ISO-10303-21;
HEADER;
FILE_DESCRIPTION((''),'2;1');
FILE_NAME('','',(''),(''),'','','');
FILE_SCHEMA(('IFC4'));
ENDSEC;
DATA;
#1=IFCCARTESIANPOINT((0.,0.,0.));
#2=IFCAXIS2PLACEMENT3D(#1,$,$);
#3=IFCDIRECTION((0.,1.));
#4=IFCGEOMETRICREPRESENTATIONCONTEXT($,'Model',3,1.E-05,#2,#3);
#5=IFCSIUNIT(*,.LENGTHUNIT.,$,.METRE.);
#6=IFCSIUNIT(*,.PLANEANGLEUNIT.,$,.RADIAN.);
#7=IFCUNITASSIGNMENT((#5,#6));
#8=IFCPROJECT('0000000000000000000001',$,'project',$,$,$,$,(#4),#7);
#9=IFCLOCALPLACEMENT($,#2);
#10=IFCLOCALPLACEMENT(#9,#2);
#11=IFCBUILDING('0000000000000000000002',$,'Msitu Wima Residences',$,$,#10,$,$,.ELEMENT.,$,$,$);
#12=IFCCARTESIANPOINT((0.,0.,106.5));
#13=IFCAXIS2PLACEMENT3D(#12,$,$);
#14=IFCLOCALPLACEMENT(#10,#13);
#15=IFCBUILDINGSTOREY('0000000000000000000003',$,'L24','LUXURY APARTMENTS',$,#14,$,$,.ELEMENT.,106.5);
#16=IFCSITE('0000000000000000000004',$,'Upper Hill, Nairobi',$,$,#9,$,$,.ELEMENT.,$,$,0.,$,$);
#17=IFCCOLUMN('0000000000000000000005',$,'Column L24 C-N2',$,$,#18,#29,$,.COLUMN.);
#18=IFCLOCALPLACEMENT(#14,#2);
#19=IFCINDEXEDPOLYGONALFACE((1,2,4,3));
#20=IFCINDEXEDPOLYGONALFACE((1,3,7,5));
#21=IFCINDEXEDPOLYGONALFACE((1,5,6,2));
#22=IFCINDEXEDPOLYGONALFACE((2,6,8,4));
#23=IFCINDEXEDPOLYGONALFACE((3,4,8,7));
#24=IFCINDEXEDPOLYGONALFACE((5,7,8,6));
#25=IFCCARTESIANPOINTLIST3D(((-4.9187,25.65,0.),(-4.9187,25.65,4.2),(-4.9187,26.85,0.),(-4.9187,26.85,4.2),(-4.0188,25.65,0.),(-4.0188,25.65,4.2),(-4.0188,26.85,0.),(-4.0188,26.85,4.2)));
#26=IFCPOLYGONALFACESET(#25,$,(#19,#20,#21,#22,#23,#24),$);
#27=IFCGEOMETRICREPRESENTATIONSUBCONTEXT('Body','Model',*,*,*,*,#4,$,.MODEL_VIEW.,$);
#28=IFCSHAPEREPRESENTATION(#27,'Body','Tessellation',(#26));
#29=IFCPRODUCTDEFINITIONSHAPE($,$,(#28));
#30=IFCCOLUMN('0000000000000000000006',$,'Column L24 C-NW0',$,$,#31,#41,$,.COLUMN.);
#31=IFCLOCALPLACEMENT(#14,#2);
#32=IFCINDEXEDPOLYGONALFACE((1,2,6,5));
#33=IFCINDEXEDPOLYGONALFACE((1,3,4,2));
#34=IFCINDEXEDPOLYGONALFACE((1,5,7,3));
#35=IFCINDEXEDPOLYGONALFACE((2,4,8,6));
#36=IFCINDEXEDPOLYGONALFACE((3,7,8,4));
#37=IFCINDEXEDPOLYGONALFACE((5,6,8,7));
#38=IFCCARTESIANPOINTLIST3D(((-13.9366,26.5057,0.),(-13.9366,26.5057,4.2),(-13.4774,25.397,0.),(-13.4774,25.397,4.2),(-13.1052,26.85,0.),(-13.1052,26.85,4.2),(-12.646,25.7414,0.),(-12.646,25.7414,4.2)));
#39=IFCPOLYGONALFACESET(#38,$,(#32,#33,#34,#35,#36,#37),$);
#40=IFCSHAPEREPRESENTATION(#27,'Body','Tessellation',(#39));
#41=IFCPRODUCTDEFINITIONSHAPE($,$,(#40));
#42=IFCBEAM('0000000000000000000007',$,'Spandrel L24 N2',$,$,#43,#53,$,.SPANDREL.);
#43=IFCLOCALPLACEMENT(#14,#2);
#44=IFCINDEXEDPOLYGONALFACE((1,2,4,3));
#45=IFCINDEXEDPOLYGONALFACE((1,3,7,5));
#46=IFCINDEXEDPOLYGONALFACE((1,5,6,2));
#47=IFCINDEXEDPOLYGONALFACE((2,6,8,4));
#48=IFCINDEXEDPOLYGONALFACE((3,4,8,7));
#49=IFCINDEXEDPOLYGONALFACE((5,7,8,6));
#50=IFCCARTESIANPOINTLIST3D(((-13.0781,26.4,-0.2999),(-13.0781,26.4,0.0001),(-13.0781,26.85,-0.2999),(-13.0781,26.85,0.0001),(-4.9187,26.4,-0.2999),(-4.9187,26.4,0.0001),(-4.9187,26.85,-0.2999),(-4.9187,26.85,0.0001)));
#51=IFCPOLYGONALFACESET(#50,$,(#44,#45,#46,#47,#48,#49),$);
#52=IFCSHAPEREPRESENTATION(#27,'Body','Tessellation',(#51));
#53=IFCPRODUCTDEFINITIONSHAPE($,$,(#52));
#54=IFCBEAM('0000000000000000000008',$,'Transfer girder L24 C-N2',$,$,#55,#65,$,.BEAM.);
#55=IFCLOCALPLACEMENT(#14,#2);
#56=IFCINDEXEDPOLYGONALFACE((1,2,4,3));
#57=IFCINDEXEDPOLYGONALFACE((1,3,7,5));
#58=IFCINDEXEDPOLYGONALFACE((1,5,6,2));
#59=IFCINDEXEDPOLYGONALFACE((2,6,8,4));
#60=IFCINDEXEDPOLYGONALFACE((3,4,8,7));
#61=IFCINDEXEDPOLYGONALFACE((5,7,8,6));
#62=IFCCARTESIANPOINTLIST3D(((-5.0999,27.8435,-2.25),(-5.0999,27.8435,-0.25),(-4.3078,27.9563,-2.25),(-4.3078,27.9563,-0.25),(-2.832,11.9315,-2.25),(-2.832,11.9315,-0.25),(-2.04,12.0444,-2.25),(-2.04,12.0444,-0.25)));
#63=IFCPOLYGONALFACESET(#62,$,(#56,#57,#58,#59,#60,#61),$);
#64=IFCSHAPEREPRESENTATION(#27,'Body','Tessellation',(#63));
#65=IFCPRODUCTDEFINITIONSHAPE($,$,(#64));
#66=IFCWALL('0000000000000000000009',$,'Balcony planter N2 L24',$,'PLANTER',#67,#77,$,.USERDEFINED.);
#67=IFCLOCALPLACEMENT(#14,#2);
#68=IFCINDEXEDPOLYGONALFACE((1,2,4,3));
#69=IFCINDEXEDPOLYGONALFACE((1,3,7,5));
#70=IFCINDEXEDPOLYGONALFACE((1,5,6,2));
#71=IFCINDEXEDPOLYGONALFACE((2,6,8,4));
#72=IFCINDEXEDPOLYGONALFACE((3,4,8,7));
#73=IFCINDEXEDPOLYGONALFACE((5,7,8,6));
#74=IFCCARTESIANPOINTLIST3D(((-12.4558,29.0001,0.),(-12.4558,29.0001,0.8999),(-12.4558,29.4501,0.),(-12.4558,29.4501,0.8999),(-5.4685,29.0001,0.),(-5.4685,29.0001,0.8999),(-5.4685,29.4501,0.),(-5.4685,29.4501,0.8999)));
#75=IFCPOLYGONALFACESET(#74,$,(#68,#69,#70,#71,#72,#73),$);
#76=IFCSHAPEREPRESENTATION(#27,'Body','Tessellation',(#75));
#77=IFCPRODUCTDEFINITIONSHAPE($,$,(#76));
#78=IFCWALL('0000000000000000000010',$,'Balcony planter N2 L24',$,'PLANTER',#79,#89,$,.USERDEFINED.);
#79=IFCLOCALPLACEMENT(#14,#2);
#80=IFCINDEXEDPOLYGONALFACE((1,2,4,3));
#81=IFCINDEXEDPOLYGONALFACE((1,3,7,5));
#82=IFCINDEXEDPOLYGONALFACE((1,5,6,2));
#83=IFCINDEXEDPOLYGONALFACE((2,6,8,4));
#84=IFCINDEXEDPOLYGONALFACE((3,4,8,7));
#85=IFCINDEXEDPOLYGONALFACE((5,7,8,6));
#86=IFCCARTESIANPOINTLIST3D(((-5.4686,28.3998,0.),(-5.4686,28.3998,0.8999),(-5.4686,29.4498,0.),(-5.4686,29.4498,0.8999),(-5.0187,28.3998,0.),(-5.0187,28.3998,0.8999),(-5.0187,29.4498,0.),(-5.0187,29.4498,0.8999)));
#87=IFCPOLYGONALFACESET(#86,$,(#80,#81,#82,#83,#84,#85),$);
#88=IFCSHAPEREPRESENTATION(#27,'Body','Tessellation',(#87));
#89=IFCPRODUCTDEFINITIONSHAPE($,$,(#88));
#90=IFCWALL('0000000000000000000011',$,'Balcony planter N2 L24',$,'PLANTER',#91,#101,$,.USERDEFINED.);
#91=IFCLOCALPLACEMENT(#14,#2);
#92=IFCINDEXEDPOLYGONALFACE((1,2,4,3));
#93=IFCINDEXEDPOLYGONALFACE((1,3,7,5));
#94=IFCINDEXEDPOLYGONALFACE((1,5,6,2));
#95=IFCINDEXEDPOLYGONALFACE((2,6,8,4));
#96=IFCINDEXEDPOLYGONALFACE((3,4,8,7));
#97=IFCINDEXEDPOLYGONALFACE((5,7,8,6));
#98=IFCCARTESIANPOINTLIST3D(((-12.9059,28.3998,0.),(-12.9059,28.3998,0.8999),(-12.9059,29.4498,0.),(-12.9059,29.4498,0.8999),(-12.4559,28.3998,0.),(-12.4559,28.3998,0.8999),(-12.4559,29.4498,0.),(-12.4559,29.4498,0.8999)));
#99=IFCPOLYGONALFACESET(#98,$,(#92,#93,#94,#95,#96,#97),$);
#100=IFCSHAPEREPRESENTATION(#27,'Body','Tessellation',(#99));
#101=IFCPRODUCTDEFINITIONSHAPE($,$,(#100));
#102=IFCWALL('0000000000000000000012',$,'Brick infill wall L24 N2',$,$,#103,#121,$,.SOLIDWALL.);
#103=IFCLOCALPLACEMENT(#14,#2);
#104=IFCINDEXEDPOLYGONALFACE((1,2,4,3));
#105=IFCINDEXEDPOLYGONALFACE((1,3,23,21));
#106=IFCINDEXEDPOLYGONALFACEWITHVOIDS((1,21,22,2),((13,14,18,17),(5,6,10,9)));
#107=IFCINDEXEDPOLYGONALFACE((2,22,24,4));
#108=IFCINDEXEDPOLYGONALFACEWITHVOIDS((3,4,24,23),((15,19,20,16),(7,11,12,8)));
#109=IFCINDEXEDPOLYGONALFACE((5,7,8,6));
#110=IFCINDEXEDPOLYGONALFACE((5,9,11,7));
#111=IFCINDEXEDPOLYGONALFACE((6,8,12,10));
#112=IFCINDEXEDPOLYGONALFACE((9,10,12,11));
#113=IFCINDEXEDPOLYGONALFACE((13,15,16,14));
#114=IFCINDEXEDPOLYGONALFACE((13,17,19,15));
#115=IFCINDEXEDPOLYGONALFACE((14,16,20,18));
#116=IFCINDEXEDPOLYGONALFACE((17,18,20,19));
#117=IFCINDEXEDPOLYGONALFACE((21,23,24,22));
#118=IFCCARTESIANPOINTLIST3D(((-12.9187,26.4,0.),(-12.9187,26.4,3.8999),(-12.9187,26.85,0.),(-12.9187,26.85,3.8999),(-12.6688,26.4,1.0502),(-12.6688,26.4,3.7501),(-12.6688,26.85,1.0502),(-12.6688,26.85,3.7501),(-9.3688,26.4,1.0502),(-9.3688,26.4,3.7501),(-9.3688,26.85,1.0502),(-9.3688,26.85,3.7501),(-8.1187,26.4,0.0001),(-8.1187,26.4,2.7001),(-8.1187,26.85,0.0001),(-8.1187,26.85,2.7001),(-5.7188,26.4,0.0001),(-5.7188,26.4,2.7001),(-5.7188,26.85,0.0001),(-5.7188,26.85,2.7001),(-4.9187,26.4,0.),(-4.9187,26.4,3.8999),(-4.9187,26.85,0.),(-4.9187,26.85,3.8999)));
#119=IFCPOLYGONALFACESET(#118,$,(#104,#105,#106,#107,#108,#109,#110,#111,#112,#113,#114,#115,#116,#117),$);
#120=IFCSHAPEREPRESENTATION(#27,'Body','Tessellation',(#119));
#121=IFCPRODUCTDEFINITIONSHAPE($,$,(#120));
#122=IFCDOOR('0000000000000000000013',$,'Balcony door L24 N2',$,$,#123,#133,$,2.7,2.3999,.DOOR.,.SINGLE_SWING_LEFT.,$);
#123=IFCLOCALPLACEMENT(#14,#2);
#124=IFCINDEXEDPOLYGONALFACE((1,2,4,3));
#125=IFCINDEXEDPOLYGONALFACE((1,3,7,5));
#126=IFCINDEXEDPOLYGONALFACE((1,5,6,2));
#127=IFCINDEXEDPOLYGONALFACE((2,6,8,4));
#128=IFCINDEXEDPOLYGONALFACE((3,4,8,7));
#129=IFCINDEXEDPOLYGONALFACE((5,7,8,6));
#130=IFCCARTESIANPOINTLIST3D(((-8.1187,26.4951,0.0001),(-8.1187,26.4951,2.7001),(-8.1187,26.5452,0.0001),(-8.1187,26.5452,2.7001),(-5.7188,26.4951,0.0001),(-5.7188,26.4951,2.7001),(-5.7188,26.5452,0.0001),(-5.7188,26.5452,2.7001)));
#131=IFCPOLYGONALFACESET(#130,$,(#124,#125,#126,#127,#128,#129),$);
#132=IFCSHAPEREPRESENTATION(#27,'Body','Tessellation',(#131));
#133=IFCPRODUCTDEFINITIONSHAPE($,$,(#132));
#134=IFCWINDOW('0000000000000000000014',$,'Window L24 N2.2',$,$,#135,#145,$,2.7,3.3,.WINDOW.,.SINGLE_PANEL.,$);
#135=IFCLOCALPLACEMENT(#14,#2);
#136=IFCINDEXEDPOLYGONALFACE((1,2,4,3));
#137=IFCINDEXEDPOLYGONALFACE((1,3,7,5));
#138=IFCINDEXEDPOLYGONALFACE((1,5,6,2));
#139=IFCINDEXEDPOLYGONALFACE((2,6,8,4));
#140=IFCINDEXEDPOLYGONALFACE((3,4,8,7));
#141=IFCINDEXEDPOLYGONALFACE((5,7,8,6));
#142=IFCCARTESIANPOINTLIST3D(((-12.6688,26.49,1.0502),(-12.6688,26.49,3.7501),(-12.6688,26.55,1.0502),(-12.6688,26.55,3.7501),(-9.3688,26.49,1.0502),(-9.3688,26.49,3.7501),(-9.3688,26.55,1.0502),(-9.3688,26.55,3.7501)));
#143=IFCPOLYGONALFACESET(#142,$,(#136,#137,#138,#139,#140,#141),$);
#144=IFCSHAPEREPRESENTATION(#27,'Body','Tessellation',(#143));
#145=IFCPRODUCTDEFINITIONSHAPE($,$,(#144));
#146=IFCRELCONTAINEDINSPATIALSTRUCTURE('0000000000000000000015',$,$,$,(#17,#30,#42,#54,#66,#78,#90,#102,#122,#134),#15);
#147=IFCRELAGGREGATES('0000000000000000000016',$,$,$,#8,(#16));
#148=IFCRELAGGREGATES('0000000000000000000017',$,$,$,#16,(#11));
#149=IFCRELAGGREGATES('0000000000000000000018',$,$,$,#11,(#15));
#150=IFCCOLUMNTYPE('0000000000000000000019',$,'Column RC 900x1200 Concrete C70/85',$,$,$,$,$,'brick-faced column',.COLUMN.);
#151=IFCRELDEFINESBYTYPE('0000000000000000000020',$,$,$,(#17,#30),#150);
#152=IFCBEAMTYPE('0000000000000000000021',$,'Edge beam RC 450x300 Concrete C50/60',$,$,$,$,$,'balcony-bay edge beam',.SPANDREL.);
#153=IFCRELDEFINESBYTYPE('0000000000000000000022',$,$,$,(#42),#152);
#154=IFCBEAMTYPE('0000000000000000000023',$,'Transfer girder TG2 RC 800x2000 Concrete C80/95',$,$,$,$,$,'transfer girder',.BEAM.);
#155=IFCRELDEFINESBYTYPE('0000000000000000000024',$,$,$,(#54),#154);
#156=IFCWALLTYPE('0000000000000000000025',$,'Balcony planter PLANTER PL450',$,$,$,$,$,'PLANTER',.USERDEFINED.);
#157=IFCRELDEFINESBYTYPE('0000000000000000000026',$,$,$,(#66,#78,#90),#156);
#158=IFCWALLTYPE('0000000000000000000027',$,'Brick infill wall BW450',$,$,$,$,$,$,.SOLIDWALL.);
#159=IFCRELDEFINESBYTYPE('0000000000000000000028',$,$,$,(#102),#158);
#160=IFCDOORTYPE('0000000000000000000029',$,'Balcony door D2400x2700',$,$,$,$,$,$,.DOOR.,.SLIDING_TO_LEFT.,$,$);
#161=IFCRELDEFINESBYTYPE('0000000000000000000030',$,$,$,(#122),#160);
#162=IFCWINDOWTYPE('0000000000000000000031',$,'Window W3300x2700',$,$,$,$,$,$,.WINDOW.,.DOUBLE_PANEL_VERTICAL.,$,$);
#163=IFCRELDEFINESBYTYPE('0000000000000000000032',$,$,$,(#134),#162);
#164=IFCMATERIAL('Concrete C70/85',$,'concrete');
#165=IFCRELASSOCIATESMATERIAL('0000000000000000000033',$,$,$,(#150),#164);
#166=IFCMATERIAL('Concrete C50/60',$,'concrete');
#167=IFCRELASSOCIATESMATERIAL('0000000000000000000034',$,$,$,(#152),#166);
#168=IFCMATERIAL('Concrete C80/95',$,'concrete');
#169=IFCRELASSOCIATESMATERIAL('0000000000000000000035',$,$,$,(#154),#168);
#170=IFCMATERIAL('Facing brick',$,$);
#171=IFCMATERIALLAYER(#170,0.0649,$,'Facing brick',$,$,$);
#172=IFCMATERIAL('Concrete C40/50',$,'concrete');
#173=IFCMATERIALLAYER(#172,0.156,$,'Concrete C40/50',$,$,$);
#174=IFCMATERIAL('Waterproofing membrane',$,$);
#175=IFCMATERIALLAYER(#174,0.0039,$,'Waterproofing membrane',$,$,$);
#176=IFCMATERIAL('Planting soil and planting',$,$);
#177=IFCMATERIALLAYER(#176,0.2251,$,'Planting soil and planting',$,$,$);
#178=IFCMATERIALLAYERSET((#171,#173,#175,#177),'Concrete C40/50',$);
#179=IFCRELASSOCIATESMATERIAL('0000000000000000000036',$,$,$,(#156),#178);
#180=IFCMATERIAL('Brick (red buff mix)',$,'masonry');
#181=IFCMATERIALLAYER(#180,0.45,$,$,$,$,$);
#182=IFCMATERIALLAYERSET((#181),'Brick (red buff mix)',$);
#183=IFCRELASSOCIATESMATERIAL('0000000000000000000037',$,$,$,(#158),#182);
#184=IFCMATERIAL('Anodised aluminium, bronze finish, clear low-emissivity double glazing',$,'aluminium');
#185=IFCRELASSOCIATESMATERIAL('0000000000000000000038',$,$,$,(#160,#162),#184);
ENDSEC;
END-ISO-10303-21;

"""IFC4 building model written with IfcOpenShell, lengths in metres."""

from ifc_helpers import new_model, si_unit, direction, frame, frame_2d, origin, origin_2d, place, context, subcontext, project, spatial, rectangle, extrude, material, layer, layer_set, material_profile, profile_set, type_object, element, fill, save


model = new_model("IFC4")

# Units and contexts
model_context = context("Model", 3, precision=1e-05, world=origin(), true_north=direction((0.0, 1.0)))
body_context = subcontext(model_context, "Body", "Model", "MODEL_VIEW")
ifc_project = project(units=[si_unit("LENGTHUNIT", "METRE"), si_unit("PLANEANGLEUNIT", "RADIAN")], contexts=[model_context])

# Site, building, storey
site_placement = place(None, origin())
site = spatial("IfcSite", under=ifc_project, at=site_placement, Name="Upper Hill, Nairobi", CompositionType="ELEMENT", RefElevation=0.0)
building_placement = place(site_placement, origin())
building = spatial("IfcBuilding", under=site, at=building_placement, Name="Msitu Wima Residences", CompositionType="ELEMENT")
storey_placement = place(building_placement, frame((0.0, 0.0, 106.5)))
storey = spatial("IfcBuildingStorey", under=building, at=storey_placement, Name="L24", Description="LUXURY APARTMENTS", CompositionType="ELEMENT", Elevation=106.5)

# Columns
ifc_material_1 = material(Name="Concrete C70/85", Category="concrete")
ifc_material_profile_1 = material_profile(ifc_material_1, rectangle(XDim=0.8999, YDim=1.2, at=origin_2d()), Name="RC 900x1200")
ifc_profile_set_1 = profile_set([ifc_material_profile_1], Name="Concrete C70/85")
column_type = type_object("IfcColumnType", Name="Column RC 900x1200 Concrete C70/85", ElementType="brick-faced column", PredefinedType="COLUMN", material=ifc_profile_set_1)
for number, where, z_axis, x_axis, name in (
    (1, (-4.4688, 26.25, 0.0), (0.0, 0.0, 1.0), (-1.0, 0.0, 0.0), "Column L24 C-N2"),
    (2, (-13.2913, 26.1235, 0.0), (0.0, 0.0, 1.0), (-0.92388, -0.382683, 0.0), "Column L24 C-NW0"),
):
    element("IfcColumn", number, at=place(storey_placement, frame(where, z_axis=z_axis, x_axis=x_axis)), inside=storey, type_object=column_type, Name=name, PredefinedType="COLUMN", context=body_context, shape_type="SweptSolid", body=[
        extrude(rectangle(XDim=0.8999, YDim=1.2, at=origin_2d()), origin(), (0.0, 0.0, 1.0), 4.2),
    ])

# Beams
ifc_material_2 = material(Name="Concrete C50/60", Category="concrete")
ifc_material_profile_2 = material_profile(ifc_material_2, rectangle(XDim=0.45, YDim=0.3, at=origin_2d()), Name="RC 450x300")
ifc_profile_set_2 = profile_set([ifc_material_profile_2], Name="Concrete C50/60")
beam_type_1 = type_object("IfcBeamType", Name="Edge beam RC 450x300 Concrete C50/60", ElementType="balcony-bay edge beam", PredefinedType="SPANDREL", material=ifc_profile_set_2)
beam_1_placement = place(storey_placement, frame((-4.9187, 26.625, -0.1499), z_axis=(-1.0, 0.0, 0.0), x_axis=(0.0, -1.0, 0.0)))
element("IfcBeam", 3, at=beam_1_placement, inside=storey, type_object=beam_type_1, Name="Spandrel L24 N2", PredefinedType="SPANDREL", context=body_context, shape_type="SweptSolid", body=[
    extrude(rectangle(XDim=0.45, YDim=0.3, at=origin_2d()), origin(), (0.0, 0.0, 1.0), 8.1594),
])
ifc_material_3 = material(Name="Concrete C80/95", Category="concrete")
ifc_material_profile_3 = material_profile(ifc_material_3, rectangle(XDim=0.8, YDim=2.0, at=origin_2d()), Name="RC 800x2000")
ifc_profile_set_3 = profile_set([ifc_material_profile_3], Name="Concrete C80/95")
beam_type_2 = type_object("IfcBeamType", Name="Transfer girder TG2 RC 800x2000 Concrete C80/95", ElementType="transfer girder", PredefinedType="BEAM", material=ifc_profile_set_3)
beam_2_placement = place(storey_placement, frame((-4.7039, 27.8999, -1.25), z_axis=(0.141098, -0.989996, 0.0), x_axis=(0.989996, 0.141098, 0.0)))
element("IfcBeam", 4, at=beam_2_placement, inside=storey, type_object=beam_type_2, Name="Transfer girder L24 C-N2", PredefinedType="BEAM", context=body_context, shape_type="SweptSolid", body=[
    extrude(rectangle(XDim=0.8, YDim=2.0, at=origin_2d()), origin(), (0.0, 0.0, 1.0), 16.0728),
])

# Walls
ifc_material_4 = material(Name="Facing brick")
ifc_layer_1 = layer(ifc_material_4, 0.0649, Name="Facing brick")
ifc_material_5 = material(Name="Concrete C40/50", Category="concrete")
ifc_layer_2 = layer(ifc_material_5, 0.156, Name="Concrete C40/50")
ifc_material_6 = material(Name="Waterproofing membrane")
ifc_layer_3 = layer(ifc_material_6, 0.0039, Name="Waterproofing membrane")
ifc_material_7 = material(Name="Planting soil and planting")
ifc_layer_4 = layer(ifc_material_7, 0.2251, Name="Planting soil and planting")
ifc_layer_set_1 = layer_set([ifc_layer_1, ifc_layer_2, ifc_layer_3, ifc_layer_4], Name="Concrete C40/50")
wall_type_1 = type_object("IfcWallType", Name="Balcony planter PLANTER PL450", ElementType="PLANTER", PredefinedType="USERDEFINED", material=ifc_layer_set_1)
wall_1_placement = place(storey_placement, frame((-5.4685, 29.2251, 0.0), z_axis=(0.0, 0.0, 1.0), x_axis=(-1.0, 0.0, 0.0)))
element("IfcWall", 5, at=wall_1_placement, inside=storey, type_object=wall_type_1, Name="Balcony planter N2 L24", ObjectType="PLANTER", PredefinedType="USERDEFINED", context=body_context, shape_type="SweptSolid", body=[
    extrude(rectangle(XDim=6.9873, YDim=0.45, at=frame_2d((3.4937, 0.0))), origin(), (0.0, 0.0, 1.0), 0.8999),
])
for number, where, z_axis, x_axis, name in (
    (6, (-5.2437, 28.3999, 0.0), (0.0, 0.0, 1.0), (0.0, 1.0, 0.0), "Balcony planter N2 L24"),
    (7, (-12.6809, 28.3999, 0.0), (0.0, 0.0, 1.0), (0.0, 1.0, 0.0), "Balcony planter N2 L24"),
):
    element("IfcWall", number, at=place(storey_placement, frame(where, z_axis=z_axis, x_axis=x_axis)), inside=storey, type_object=wall_type_1, Name=name, ObjectType="PLANTER", PredefinedType="USERDEFINED", context=body_context, shape_type="SweptSolid", body=[
        extrude(rectangle(XDim=1.05, YDim=0.45, at=frame_2d((0.5249, 0.0))), origin(), (0.0, 0.0, 1.0), 0.8999),
    ])

# Wall, openings, door, window
ifc_material_8 = material(Name="Brick (red buff mix)", Category="masonry")
ifc_layer_5 = layer(ifc_material_8, 0.45)
ifc_layer_set_2 = layer_set([ifc_layer_5], Name="Brick (red buff mix)")
wall_type_2 = type_object("IfcWallType", Name="Brick infill wall BW450", PredefinedType="SOLIDWALL", material=ifc_layer_set_2)
wall_2_placement = place(storey_placement, frame((-4.9187, 26.625, 0.0), z_axis=(0.0, 0.0, 1.0), x_axis=(-1.0, 0.0, 0.0)))
wall_2 = element("IfcWall", 8, at=wall_2_placement, inside=storey, type_object=wall_type_2, Name="Brick infill wall L24 N2", PredefinedType="SOLIDWALL", context=body_context, shape_type="SweptSolid", body=[
    extrude(rectangle(XDim=8.0, YDim=0.45, at=frame_2d((4.0, 0.0))), origin(), (0.0, 0.0, 1.0), 3.8999),
])
opening_1_placement = place(wall_2_placement, frame((0.8, 0.0, 0.0)))
opening_1 = element("IfcOpeningElement", 9, at=opening_1_placement, cuts=wall_2, PredefinedType="OPENING", context=body_context, shape_type="SweptSolid", body=[
    extrude(rectangle(XDim=2.3999, YDim=2.7, at=frame_2d((1.2, 1.3501))), frame((0.0, 0.2349, 0.0), z_axis=(0.0, -1.0, 0.0), x_axis=(1.0, 0.0, 0.0)), (0.0, 0.0, 1.0), 0.47),
])
opening_2_placement = place(wall_2_placement, frame((4.4502, 0.0, 1.05)))
opening_2 = element("IfcOpeningElement", 10, at=opening_2_placement, cuts=wall_2, PredefinedType="OPENING", context=body_context, shape_type="SweptSolid", body=[
    extrude(rectangle(XDim=3.3, YDim=2.7, at=frame_2d((1.6499, 1.3501))), frame((0.0, 0.2349, 0.0), z_axis=(0.0, -1.0, 0.0), x_axis=(1.0, 0.0, 0.0)), (0.0, 0.0, 1.0), 0.47),
])
ifc_material_9 = material(Name="Anodised aluminium, bronze finish, clear low-emissivity double glazing", Category="aluminium")
door_type_1 = type_object("IfcDoorType", Name="Balcony door D2400x2700", OperationType="SLIDING_TO_LEFT", PredefinedType="DOOR", material=ifc_material_9)
door_1_placement = place(opening_1_placement, origin())
door_1 = element("IfcDoor", 11, at=door_1_placement, inside=storey, type_object=door_type_1, Name="Balcony door L24 N2", OperationType="SINGLE_SWING_LEFT", OverallHeight=2.7, OverallWidth=2.3999, PredefinedType="DOOR", context=body_context, shape_type="SweptSolid", body=[
    extrude(rectangle(XDim=2.3999, YDim=2.7, at=frame_2d((1.2, 1.3501))), frame((0.0, 0.1299, 0.0), z_axis=(0.0, -1.0, 0.0), x_axis=(1.0, 0.0, 0.0)), (0.0, 0.0, 1.0), 0.05),
])
fill(opening_1, door_1)
window_type = type_object("IfcWindowType", Name="Window W3300x2700", PartitioningType="DOUBLE_PANEL_VERTICAL", PredefinedType="WINDOW", material=ifc_material_9)
window_placement = place(opening_2_placement, origin())
window = element("IfcWindow", 12, at=window_placement, inside=storey, type_object=window_type, Name="Window L24 N2.2", OverallHeight=2.7, OverallWidth=3.3, PartitioningType="SINGLE_PANEL", PredefinedType="WINDOW", context=body_context, shape_type="SweptSolid", body=[
    extrude(rectangle(XDim=3.3, YDim=2.7, at=frame_2d((1.6499, 1.3501))), frame((0.0, 0.135, 0.0), z_axis=(0.0, -1.0, 0.0), x_axis=(1.0, 0.0, 0.0)), (0.0, 0.0, 1.0), 0.0601),
])
fill(opening_2, window)

save(model, "model.ifc")
